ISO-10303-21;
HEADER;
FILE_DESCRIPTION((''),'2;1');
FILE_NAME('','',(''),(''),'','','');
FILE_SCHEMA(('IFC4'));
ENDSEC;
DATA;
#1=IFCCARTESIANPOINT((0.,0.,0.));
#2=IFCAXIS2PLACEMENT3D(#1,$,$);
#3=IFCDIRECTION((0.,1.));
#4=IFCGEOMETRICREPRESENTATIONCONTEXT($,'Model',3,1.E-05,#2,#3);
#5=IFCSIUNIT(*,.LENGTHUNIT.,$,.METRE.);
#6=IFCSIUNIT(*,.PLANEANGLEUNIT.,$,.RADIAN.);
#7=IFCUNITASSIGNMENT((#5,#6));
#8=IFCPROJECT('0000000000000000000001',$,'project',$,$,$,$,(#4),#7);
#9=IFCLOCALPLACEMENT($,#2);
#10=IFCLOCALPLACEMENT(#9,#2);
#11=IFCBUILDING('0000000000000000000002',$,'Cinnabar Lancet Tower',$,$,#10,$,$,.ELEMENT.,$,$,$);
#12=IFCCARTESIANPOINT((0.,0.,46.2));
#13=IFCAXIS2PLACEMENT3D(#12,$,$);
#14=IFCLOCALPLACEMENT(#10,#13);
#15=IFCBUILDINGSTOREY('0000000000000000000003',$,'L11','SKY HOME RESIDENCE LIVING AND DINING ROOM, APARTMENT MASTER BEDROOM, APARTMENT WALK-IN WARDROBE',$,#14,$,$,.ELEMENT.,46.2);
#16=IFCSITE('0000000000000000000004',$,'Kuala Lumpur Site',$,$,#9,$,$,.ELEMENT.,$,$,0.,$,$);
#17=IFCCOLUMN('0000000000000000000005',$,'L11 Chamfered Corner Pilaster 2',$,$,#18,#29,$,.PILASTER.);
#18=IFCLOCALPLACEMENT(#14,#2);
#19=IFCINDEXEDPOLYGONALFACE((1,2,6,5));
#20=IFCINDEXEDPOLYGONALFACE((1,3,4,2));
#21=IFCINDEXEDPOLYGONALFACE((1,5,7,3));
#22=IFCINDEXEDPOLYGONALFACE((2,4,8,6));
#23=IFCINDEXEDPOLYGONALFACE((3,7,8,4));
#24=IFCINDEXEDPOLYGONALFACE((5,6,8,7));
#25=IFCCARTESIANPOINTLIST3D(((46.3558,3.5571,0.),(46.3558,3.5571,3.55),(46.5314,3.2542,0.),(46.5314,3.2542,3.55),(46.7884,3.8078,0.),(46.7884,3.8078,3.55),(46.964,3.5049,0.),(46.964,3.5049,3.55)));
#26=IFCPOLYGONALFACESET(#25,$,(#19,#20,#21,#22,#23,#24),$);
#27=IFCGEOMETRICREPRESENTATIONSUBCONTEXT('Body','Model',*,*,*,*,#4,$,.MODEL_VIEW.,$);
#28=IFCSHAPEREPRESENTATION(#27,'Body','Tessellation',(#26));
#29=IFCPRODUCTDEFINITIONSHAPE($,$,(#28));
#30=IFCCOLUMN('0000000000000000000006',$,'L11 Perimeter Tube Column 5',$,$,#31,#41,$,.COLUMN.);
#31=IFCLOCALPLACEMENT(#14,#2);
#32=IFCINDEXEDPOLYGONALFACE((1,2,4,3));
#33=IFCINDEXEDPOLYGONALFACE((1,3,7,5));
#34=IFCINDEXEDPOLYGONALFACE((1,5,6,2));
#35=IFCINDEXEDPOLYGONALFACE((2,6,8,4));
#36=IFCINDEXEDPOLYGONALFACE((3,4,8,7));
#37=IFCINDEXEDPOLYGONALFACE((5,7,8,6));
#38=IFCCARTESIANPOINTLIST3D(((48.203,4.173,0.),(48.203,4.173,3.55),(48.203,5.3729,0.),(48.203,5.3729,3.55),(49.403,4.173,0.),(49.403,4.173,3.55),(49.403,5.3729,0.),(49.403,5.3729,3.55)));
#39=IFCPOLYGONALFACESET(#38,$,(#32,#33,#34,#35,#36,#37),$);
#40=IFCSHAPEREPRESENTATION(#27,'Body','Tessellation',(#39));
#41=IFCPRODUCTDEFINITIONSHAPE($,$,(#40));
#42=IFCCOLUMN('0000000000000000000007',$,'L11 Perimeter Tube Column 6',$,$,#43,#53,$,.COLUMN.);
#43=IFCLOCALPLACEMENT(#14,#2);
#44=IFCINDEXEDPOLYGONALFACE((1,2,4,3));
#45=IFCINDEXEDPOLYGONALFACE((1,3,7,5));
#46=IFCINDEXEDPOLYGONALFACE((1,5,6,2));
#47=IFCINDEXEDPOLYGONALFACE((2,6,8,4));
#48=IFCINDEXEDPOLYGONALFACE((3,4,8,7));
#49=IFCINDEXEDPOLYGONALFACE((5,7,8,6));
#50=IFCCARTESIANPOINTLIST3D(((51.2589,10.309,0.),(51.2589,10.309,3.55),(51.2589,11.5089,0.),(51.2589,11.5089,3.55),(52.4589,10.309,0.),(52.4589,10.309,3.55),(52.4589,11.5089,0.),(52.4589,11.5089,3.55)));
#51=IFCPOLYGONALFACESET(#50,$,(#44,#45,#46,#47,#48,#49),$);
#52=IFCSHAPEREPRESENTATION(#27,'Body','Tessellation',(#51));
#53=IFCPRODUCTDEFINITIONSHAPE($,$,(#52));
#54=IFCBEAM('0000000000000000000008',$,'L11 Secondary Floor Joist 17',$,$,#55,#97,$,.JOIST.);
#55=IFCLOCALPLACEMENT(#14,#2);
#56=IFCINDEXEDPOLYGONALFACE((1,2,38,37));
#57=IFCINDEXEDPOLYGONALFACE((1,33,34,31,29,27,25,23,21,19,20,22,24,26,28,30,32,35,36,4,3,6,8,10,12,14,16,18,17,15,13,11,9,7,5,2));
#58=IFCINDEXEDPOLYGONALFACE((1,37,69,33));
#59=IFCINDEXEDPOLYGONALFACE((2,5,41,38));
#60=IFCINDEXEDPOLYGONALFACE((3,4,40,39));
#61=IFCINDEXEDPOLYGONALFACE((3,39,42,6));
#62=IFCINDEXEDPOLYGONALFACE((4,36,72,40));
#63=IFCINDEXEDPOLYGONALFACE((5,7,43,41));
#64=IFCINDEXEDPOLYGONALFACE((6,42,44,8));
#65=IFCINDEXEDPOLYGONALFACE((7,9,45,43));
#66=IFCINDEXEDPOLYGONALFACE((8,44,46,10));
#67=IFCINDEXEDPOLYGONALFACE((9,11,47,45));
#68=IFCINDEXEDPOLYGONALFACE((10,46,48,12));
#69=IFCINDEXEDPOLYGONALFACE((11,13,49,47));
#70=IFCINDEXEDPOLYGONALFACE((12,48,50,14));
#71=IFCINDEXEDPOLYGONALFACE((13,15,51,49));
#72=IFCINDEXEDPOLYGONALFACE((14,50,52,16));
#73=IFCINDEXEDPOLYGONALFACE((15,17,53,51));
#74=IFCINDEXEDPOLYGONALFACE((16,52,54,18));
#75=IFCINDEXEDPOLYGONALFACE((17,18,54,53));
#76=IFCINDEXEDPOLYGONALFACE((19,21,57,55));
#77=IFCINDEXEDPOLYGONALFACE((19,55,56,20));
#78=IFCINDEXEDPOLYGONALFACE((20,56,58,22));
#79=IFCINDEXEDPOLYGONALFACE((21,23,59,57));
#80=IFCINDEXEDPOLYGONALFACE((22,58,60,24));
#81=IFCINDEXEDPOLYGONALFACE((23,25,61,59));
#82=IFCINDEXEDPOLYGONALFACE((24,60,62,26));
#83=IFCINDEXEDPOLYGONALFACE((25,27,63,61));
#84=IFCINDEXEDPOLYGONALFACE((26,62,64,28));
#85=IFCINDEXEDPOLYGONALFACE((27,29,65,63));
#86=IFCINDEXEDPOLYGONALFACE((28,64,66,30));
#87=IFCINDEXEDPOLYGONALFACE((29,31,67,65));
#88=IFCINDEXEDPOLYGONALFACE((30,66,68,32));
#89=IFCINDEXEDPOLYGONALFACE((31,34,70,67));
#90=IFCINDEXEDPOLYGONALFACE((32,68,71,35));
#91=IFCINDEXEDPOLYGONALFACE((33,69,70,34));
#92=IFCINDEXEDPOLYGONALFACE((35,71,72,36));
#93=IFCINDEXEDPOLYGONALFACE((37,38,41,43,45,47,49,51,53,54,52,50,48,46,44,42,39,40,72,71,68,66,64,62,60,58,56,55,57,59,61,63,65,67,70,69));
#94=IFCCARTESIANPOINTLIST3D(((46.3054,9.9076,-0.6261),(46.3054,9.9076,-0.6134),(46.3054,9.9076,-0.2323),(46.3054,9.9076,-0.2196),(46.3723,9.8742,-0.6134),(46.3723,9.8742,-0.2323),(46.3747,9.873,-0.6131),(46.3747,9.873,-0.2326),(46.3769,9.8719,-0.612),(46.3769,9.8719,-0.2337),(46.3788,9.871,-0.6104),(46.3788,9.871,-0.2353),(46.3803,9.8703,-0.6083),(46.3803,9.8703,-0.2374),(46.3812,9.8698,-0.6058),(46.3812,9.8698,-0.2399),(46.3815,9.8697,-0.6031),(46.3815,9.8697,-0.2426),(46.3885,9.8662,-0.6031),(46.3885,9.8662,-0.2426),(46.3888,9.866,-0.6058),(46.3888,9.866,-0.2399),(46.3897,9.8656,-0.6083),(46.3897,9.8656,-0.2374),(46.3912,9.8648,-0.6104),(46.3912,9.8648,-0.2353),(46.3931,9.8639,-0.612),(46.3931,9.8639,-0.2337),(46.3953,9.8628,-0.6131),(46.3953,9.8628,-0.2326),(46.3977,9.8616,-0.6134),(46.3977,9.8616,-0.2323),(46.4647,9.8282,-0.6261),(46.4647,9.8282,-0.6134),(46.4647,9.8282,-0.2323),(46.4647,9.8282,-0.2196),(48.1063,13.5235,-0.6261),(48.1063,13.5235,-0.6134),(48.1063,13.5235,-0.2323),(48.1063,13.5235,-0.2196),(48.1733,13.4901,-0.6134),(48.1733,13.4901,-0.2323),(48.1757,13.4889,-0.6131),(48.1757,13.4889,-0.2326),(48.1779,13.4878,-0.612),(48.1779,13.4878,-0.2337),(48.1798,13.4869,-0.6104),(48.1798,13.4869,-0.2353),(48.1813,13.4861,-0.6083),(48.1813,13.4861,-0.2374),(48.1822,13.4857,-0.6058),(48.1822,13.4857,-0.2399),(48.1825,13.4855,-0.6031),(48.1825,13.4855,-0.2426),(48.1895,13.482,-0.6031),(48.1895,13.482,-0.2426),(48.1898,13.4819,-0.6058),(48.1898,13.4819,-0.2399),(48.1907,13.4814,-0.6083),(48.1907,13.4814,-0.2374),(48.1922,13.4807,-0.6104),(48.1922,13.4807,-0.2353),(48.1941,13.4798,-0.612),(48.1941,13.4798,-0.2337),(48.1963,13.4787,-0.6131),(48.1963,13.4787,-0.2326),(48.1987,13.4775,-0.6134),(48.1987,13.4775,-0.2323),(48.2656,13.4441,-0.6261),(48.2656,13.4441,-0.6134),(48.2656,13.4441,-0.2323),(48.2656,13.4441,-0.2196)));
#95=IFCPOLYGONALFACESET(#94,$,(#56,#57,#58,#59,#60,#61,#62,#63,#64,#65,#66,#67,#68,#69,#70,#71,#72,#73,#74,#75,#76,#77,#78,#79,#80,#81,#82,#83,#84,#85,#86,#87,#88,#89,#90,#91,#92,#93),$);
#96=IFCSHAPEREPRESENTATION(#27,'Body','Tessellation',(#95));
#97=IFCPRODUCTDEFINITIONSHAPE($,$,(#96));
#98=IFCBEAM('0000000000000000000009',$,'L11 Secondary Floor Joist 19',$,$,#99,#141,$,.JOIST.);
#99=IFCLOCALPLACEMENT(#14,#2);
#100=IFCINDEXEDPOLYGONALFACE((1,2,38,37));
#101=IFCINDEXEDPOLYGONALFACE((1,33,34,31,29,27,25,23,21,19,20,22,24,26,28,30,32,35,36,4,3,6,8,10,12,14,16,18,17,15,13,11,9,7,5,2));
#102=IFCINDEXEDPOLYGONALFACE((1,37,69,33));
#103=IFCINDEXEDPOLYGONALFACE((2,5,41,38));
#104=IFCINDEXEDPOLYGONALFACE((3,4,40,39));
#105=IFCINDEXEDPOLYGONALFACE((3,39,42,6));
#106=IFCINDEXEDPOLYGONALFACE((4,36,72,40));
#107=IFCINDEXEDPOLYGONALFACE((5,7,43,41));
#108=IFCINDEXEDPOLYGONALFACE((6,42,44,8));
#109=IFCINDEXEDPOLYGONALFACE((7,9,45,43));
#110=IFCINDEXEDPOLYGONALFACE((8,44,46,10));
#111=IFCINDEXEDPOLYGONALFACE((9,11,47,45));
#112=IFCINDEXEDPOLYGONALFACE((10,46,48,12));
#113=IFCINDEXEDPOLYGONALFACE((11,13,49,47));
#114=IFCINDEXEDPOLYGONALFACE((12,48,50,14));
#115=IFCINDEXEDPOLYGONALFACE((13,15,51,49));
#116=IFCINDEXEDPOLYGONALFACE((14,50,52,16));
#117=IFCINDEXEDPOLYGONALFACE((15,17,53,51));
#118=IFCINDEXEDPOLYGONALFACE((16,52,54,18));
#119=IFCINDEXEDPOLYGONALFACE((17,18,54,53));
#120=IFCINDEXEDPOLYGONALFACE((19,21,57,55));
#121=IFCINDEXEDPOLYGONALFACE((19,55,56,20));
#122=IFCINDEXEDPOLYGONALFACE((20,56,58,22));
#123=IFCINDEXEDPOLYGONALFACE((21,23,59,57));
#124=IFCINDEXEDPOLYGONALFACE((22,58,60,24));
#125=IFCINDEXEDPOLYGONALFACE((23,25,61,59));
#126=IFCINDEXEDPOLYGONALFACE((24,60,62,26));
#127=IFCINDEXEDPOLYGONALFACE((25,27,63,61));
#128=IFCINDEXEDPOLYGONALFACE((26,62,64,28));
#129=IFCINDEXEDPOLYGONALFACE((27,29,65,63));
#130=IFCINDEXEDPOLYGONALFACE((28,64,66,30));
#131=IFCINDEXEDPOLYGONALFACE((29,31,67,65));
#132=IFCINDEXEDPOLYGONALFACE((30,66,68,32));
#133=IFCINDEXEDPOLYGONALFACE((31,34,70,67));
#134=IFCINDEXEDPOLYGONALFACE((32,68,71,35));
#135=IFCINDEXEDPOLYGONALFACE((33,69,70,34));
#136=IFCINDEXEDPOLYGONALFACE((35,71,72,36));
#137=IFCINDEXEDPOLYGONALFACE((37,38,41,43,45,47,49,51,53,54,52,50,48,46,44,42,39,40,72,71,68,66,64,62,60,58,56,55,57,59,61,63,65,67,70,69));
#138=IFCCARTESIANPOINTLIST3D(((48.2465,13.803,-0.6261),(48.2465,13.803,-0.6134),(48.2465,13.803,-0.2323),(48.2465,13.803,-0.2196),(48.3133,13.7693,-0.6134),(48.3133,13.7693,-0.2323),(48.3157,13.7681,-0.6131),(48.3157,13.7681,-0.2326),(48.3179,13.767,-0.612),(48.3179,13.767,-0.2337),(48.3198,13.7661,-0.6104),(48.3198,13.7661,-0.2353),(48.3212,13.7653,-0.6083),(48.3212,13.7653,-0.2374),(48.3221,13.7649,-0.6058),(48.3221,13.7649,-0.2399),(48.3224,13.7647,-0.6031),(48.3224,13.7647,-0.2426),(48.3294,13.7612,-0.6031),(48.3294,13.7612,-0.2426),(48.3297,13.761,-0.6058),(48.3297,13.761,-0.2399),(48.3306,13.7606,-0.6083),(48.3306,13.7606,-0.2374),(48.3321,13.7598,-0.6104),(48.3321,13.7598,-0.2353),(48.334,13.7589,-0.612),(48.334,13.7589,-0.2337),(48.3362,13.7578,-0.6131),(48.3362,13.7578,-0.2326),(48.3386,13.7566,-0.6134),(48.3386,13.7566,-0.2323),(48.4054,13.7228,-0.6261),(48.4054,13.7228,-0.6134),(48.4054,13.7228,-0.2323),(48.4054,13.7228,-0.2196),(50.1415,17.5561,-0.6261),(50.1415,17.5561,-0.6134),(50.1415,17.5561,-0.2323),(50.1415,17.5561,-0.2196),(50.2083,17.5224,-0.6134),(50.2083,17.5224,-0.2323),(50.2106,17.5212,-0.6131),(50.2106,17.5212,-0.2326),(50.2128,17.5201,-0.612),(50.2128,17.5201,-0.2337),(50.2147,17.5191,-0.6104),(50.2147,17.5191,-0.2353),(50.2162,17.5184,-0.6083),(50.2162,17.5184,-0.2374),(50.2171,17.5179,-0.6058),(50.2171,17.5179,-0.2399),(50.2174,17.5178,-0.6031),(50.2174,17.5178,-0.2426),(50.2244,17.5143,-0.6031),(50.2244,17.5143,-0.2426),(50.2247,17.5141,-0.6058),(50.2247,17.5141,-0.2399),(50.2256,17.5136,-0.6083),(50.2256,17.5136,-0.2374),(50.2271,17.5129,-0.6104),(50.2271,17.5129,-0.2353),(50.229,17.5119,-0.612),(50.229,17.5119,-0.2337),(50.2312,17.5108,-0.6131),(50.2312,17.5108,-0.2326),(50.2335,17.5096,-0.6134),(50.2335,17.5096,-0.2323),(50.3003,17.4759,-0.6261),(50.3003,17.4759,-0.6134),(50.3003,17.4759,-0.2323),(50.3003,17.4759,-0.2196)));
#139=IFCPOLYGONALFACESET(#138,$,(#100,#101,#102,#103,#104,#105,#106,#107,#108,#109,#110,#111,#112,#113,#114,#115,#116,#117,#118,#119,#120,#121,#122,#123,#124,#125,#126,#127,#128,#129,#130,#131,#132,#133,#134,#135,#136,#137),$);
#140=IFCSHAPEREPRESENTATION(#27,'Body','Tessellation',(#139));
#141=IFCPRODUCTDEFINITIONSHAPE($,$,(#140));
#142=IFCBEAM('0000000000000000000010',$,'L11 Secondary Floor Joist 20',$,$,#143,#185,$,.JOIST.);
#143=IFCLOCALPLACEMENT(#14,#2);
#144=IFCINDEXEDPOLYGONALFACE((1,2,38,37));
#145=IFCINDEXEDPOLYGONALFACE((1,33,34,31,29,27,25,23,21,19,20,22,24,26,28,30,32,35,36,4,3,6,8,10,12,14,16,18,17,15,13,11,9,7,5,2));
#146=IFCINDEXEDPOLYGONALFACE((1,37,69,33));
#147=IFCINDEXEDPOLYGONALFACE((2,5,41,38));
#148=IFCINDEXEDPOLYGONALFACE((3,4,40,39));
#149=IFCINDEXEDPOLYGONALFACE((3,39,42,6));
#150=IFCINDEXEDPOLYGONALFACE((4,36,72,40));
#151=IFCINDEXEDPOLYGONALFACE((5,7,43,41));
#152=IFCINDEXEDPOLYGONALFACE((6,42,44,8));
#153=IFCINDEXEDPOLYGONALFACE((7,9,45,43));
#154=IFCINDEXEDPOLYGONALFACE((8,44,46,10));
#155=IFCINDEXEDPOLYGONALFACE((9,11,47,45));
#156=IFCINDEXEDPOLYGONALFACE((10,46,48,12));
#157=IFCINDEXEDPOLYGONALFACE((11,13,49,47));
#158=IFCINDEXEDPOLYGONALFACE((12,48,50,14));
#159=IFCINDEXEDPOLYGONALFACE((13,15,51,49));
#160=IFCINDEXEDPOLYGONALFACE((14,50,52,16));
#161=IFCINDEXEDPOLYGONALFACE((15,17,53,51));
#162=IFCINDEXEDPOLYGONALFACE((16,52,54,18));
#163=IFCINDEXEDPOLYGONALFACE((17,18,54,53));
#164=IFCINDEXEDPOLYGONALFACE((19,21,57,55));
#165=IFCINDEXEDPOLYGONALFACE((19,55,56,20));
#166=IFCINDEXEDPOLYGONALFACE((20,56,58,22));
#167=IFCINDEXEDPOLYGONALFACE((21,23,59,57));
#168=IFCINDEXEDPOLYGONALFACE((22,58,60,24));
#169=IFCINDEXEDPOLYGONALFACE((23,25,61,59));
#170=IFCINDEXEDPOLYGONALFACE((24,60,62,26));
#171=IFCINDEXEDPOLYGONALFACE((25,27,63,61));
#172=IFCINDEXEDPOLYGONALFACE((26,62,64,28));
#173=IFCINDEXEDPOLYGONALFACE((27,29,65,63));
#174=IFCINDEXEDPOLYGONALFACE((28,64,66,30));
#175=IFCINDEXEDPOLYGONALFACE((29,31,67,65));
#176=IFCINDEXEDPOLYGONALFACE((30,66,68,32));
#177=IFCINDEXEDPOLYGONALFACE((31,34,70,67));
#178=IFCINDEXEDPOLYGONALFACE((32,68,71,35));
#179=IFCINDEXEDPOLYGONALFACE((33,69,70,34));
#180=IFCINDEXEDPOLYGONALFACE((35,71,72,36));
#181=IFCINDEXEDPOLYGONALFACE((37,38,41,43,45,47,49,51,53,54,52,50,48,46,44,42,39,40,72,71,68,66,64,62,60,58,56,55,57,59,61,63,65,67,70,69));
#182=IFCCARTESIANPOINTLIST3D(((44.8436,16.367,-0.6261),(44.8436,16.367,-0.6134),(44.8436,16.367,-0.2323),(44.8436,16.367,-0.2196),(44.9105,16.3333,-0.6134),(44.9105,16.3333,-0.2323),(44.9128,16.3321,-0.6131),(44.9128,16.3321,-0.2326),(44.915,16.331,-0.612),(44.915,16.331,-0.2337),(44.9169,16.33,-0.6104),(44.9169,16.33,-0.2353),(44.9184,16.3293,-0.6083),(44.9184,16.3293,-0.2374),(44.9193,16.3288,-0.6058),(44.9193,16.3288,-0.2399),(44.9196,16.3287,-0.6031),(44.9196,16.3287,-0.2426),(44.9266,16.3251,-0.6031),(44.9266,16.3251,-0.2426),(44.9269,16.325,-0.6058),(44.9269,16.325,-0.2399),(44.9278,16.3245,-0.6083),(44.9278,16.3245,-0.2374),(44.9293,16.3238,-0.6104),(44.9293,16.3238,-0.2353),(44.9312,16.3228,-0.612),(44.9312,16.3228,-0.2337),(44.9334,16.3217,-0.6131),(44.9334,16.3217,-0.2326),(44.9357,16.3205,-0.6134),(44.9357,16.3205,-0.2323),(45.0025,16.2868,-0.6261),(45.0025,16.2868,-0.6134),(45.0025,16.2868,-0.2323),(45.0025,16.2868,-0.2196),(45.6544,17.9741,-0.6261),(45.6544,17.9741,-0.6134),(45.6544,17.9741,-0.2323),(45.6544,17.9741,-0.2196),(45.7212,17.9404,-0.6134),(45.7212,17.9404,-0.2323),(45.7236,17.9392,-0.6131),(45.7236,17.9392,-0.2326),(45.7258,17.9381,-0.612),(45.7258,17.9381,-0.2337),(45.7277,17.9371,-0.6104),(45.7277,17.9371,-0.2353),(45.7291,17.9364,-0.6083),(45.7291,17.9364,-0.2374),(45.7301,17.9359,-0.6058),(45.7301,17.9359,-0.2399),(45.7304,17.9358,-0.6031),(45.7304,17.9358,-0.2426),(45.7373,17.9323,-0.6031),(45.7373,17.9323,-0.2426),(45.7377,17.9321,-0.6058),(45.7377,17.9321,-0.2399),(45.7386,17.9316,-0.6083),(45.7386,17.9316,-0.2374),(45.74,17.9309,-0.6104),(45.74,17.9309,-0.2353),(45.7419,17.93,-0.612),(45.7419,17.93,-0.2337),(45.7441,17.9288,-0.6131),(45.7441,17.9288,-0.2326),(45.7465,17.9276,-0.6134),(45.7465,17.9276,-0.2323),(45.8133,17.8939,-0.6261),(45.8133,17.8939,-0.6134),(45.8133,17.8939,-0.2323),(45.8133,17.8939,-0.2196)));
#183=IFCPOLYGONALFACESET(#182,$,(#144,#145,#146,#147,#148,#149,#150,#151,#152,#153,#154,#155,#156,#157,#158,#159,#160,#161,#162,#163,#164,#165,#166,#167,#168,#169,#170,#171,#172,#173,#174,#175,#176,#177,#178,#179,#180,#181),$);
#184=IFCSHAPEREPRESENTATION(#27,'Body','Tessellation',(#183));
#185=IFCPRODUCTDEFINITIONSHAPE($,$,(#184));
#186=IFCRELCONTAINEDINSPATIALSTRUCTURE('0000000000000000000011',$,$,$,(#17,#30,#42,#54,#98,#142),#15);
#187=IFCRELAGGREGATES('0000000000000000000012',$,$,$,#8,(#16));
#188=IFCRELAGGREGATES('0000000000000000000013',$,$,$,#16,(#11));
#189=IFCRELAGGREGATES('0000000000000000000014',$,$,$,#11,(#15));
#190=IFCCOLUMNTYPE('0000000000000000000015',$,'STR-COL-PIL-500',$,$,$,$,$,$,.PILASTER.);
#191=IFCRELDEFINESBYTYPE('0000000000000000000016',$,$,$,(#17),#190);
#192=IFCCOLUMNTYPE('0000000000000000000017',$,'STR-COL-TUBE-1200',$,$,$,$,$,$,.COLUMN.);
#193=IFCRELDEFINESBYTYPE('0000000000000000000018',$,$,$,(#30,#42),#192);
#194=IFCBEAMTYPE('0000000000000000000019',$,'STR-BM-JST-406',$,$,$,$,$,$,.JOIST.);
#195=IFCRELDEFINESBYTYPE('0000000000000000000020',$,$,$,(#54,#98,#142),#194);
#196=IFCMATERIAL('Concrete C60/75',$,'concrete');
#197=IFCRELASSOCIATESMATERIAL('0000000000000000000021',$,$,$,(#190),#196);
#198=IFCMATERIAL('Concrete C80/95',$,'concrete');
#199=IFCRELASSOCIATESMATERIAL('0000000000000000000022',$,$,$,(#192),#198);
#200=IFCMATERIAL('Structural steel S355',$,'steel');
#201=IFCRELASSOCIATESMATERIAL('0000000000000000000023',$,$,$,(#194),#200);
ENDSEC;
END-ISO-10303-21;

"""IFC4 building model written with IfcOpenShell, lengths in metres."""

from ifc_helpers import new_model, si_unit, direction, frame, origin, origin_2d, place, context, subcontext, project, spatial, rectangle, i_section, extrude, material, material_profile, profile_set, type_object, element, save


model = new_model("IFC4")

# Units and contexts
model_context = context("Model", 3, precision=1e-05, world=origin(), true_north=direction((0.0, 1.0)))
body_context = subcontext(model_context, "Body", "Model", "MODEL_VIEW")
ifc_project = project(units=[si_unit("LENGTHUNIT", "METRE"), si_unit("PLANEANGLEUNIT", "RADIAN")], contexts=[model_context])

# Site, building, storey
site_placement = place(None, origin())
site = spatial("IfcSite", under=ifc_project, at=site_placement, Name="Kuala Lumpur Site", CompositionType="ELEMENT", RefElevation=0.0)
building_placement = place(site_placement, origin())
building = spatial("IfcBuilding", under=site, at=building_placement, Name="Cinnabar Lancet Tower", CompositionType="ELEMENT")
storey_placement = place(building_placement, frame((0.0, 0.0, 46.2)))
storey = spatial("IfcBuildingStorey", under=building, at=storey_placement, Name="L11", Description="SKY HOME RESIDENCE LIVING AND DINING ROOM, APARTMENT MASTER BEDROOM, APARTMENT WALK-IN WARDROBE", CompositionType="ELEMENT", Elevation=46.2)

# Columns
ifc_material_1 = material(Name="Concrete C60/75", Category="concrete")
ifc_material_profile_1 = material_profile(ifc_material_1, rectangle(XDim=0.5, YDim=0.3501, at=origin_2d()), Name="RC-PIL 500x350")
ifc_profile_set_1 = profile_set([ifc_material_profile_1], Name="Concrete C60/75")
column_type_1 = type_object("IfcColumnType", Name="STR-COL-PIL-500", PredefinedType="PILASTER", material=ifc_profile_set_1)
column_placement = place(storey_placement, frame((46.6599, 3.531, 0.0), z_axis=(0.0, 0.0, 1.0), x_axis=(0.865195, 0.501435, 0.0)))
element("IfcColumn", 1, at=column_placement, inside=storey, type_object=column_type_1, Name="L11 Chamfered Corner Pilaster 2", PredefinedType="PILASTER", context=body_context, shape_type="SweptSolid", body=[
    extrude(rectangle(XDim=0.5, YDim=0.3501, at=origin_2d()), origin(), (0.0, 0.0, 1.0), 3.55),
])
ifc_material_2 = material(Name="Concrete C80/95", Category="concrete")
ifc_material_profile_2 = material_profile(ifc_material_2, rectangle(XDim=1.2, YDim=1.2, at=origin_2d()), Name="RC-COL 1200x1200")
ifc_profile_set_2 = profile_set([ifc_material_profile_2], Name="Concrete C80/95")
column_type_2 = type_object("IfcColumnType", Name="STR-COL-TUBE-1200", PredefinedType="COLUMN", material=ifc_profile_set_2)
for number, where, z_axis, x_axis, name in (
    (2, (48.803, 4.7729, 0.0), (0.0, 0.0, 1.0), (1.0, 0.0, 0.0), "L11 Perimeter Tube Column 5"),
    (3, (51.8589, 10.9089, 0.0), (0.0, 0.0, 1.0), (1.0, 0.0, 0.0), "L11 Perimeter Tube Column 6"),
):
    element("IfcColumn", number, at=place(storey_placement, frame(where, z_axis=z_axis, x_axis=x_axis)), inside=storey, type_object=column_type_2, Name=name, PredefinedType="COLUMN", context=body_context, shape_type="SweptSolid", body=[
        extrude(rectangle(XDim=1.2, YDim=1.2, at=origin_2d()), origin(), (0.0, 0.0, 1.0), 3.55),
    ])

# Beams
ifc_material_3 = material(Name="Structural steel S355", Category="steel")
ifc_material_profile_3 = material_profile(ifc_material_3, i_section(OverallWidth=0.178, OverallDepth=0.4065, WebThickness=0.0078, FlangeThickness=0.0127, FilletRadius=0.0103, at=origin_2d()), Name="UKB 406x178x60")
ifc_profile_set_3 = profile_set([ifc_material_profile_3], Name="Structural steel S355")
beam_type_1 = type_object("IfcBeamType", Name="STR-BM-JST-406", PredefinedType="JOIST", material=ifc_profile_set_3)
beam_1_placement = place(storey_placement, frame((46.385, 9.8679, -0.4229), z_axis=(0.445835, 0.895115, 0.0), x_axis=(-0.895115, 0.445835, 0.0)))
element("IfcBeam", 4, at=beam_1_placement, inside=storey, type_object=beam_type_1, Name="L11 Secondary Floor Joist 17", PredefinedType="JOIST", context=body_context, shape_type="SweptSolid", body=[
    extrude(i_section(OverallWidth=0.178, OverallDepth=0.4065, WebThickness=0.0078, FlangeThickness=0.0127, FilletRadius=0.0103, at=origin_2d()), origin(), (0.0, 0.0, 1.0), 4.0396),
])
beam_2_placement = place(storey_placement, frame((48.3259, 13.7629, -0.4229), z_axis=(0.450717, 0.892667, 0.0), x_axis=(-0.892667, 0.450717, 0.0)))
element("IfcBeam", 5, at=beam_2_placement, inside=storey, type_object=beam_type_1, Name="L11 Secondary Floor Joist 19", PredefinedType="JOIST", context=body_context, shape_type="SweptSolid", body=[
    extrude(i_section(OverallWidth=0.178, OverallDepth=0.4065, WebThickness=0.0078, FlangeThickness=0.0127, FilletRadius=0.0103, at=origin_2d()), origin(), (0.0, 0.0, 1.0), 4.2043),
])
beam_3_placement = place(storey_placement, frame((44.9231, 16.3269, -0.4229), z_axis=(0.450411, 0.892821, 0.0), x_axis=(-0.892821, 0.450411, 0.0)))
element("IfcBeam", 6, at=beam_3_placement, inside=storey, type_object=beam_type_1, Name="L11 Secondary Floor Joist 20", PredefinedType="JOIST", context=body_context, shape_type="SweptSolid", body=[
    extrude(i_section(OverallWidth=0.178, OverallDepth=0.4065, WebThickness=0.0078, FlangeThickness=0.0127, FilletRadius=0.0103, at=origin_2d()), origin(), (0.0, 0.0, 1.0), 1.8),
])

save(model, "model.ifc")
